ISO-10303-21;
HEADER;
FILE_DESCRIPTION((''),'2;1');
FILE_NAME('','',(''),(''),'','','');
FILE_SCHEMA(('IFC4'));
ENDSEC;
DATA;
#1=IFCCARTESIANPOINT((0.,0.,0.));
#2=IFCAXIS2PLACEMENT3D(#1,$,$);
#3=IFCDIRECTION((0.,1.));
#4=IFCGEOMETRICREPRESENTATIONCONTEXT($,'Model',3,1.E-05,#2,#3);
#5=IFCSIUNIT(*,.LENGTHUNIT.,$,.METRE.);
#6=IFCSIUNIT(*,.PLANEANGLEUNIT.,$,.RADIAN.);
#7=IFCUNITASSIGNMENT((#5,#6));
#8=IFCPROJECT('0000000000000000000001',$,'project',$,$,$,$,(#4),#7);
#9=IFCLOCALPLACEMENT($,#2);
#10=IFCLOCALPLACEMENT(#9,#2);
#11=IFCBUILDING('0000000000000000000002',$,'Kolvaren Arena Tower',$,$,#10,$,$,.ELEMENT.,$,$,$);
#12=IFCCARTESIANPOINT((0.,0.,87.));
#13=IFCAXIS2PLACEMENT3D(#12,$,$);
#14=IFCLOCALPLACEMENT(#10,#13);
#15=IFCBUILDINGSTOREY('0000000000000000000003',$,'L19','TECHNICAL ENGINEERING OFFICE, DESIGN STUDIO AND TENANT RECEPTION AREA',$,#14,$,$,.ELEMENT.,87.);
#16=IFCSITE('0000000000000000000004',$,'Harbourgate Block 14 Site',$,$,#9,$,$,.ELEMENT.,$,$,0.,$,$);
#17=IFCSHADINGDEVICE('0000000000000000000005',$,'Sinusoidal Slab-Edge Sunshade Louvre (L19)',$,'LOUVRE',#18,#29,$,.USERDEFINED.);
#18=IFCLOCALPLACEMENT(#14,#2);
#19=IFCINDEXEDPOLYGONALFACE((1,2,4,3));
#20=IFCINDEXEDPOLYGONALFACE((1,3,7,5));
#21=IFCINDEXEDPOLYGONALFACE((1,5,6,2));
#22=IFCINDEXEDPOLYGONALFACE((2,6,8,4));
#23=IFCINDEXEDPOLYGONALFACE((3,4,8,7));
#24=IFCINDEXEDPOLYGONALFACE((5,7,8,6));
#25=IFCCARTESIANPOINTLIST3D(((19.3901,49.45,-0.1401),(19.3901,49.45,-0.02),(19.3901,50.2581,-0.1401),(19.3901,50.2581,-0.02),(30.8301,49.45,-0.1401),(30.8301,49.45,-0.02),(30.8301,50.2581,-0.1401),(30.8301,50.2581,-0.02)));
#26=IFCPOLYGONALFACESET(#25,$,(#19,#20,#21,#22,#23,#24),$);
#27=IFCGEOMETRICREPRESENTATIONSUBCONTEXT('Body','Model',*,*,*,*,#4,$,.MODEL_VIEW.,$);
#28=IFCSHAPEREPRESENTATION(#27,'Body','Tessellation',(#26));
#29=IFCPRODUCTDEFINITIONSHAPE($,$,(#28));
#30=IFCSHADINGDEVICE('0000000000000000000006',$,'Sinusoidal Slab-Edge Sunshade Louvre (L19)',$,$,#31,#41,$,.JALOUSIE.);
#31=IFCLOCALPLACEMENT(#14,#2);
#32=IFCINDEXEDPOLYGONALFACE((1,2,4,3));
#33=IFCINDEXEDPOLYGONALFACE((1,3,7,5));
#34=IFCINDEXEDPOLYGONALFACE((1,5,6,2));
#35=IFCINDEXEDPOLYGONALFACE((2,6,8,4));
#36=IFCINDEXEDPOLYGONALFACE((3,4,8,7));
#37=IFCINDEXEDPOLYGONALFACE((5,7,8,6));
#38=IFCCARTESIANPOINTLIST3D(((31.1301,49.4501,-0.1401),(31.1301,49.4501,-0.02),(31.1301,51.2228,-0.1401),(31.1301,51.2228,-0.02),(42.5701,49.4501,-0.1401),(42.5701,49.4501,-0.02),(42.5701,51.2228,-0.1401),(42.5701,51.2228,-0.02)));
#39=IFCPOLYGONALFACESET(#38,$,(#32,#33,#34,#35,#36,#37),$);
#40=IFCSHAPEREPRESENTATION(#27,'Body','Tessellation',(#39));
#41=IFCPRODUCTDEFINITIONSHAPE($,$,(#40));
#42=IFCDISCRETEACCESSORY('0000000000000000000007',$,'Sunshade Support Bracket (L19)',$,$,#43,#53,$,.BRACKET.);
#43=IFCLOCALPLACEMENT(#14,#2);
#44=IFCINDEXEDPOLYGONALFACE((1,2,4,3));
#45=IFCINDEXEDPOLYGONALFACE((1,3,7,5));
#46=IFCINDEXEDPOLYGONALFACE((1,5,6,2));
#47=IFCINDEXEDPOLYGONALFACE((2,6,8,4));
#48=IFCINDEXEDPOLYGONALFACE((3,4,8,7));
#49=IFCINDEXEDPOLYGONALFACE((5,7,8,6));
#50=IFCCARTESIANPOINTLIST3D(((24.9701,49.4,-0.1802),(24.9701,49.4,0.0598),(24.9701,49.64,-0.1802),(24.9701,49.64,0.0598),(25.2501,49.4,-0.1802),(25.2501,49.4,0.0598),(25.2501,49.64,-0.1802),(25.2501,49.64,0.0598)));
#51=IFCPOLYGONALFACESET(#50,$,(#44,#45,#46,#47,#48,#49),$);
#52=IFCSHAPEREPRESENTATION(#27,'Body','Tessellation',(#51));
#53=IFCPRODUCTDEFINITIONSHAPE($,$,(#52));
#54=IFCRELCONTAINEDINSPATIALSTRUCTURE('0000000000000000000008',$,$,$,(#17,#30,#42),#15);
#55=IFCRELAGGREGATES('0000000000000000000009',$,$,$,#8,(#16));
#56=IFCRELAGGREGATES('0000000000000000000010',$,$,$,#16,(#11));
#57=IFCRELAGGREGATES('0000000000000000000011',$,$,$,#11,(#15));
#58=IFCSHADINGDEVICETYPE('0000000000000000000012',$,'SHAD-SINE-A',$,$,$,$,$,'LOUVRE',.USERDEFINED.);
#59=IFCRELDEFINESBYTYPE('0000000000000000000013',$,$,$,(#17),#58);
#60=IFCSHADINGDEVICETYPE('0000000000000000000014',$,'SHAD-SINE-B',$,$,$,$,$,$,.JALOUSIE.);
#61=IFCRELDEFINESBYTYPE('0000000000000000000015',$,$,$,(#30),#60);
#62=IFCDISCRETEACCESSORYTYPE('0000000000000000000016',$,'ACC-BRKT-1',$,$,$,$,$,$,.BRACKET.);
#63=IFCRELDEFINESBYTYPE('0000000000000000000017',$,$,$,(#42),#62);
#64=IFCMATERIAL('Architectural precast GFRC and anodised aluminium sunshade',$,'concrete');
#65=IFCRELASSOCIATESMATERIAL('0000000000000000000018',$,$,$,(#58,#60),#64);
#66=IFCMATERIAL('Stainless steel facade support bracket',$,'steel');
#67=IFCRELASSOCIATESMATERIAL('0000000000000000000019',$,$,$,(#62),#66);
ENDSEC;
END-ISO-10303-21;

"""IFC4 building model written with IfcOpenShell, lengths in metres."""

from ifc_helpers import new_model, si_unit, direction, frame, origin, origin_2d, place, context, subcontext, project, spatial, rectangle, extrude, material, type_object, element, save


model = new_model("IFC4")

# Units and contexts
model_context = context("Model", 3, precision=1e-05, world=origin(), true_north=direction((0.0, 1.0)))
body_context = subcontext(model_context, "Body", "Model", "MODEL_VIEW")
ifc_project = project(units=[si_unit("LENGTHUNIT", "METRE"), si_unit("PLANEANGLEUNIT", "RADIAN")], contexts=[model_context])

# Site, building, storey
site_placement = place(None, origin())
site = spatial("IfcSite", under=ifc_project, at=site_placement, Name="Harbourgate Block 14 Site", CompositionType="ELEMENT", RefElevation=0.0)
building_placement = place(site_placement, origin())
building = spatial("IfcBuilding", under=site, at=building_placement, Name="Kolvaren Arena Tower", CompositionType="ELEMENT")
storey_placement = place(building_placement, frame((0.0, 0.0, 87.0)))
storey = spatial("IfcBuildingStorey", under=building, at=storey_placement, Name="L19", Description="TECHNICAL ENGINEERING OFFICE, DESIGN STUDIO AND TENANT RECEPTION AREA", CompositionType="ELEMENT", Elevation=87.0)

# Shading devices
ifc_material_1 = material(Name="Architectural precast GFRC and anodised aluminium sunshade", Category="concrete")
shading_device_type_1 = type_object("IfcShadingDeviceType", Name="SHAD-SINE-A", ElementType="LOUVRE", PredefinedType="USERDEFINED", material=ifc_material_1)
shading_device_1_placement = place(storey_placement, frame((25.1101, 49.854, -0.1401), z_axis=(0.0, 0.0, 1.0), x_axis=(1.0, 0.0, 0.0)))
element("IfcShadingDevice", 1, at=shading_device_1_placement, inside=storey, type_object=shading_device_type_1, Name="Sinusoidal Slab-Edge Sunshade Louvre (L19)", ObjectType="LOUVRE", PredefinedType="USERDEFINED", context=body_context, shape_type="SweptSolid", body=[
    extrude(rectangle(XDim=11.4399, YDim=0.8081, at=origin_2d()), origin(), (0.0, 0.0, 1.0), 0.1201),
])
shading_device_type_2 = type_object("IfcShadingDeviceType", Name="SHAD-SINE-B", PredefinedType="JALOUSIE", material=ifc_material_1)
shading_device_2_placement = place(storey_placement, frame((36.8501, 50.3364, -0.1401), z_axis=(0.0, 0.0, 1.0), x_axis=(1.0, 0.0, 0.0)))
element("IfcShadingDevice", 2, at=shading_device_2_placement, inside=storey, type_object=shading_device_type_2, Name="Sinusoidal Slab-Edge Sunshade Louvre (L19)", PredefinedType="JALOUSIE", context=body_context, shape_type="SweptSolid", body=[
    extrude(rectangle(XDim=11.4399, YDim=1.7727, at=origin_2d()), origin(), (0.0, 0.0, 1.0), 0.1201),
])

# Discrete accessory
ifc_material_2 = material(Name="Stainless steel facade support bracket", Category="steel")
discrete_accessory_type = type_object("IfcDiscreteAccessoryType", Name="ACC-BRKT-1", PredefinedType="BRACKET", material=ifc_material_2)
discrete_accessory_placement = place(storey_placement, frame((25.1101, 49.52, -0.1802), z_axis=(0.0, 0.0, 1.0), x_axis=(1.0, 0.0, 0.0)))
element("IfcDiscreteAccessory", 3, at=discrete_accessory_placement, inside=storey, type_object=discrete_accessory_type, Name="Sunshade Support Bracket (L19)", PredefinedType="BRACKET", context=body_context, shape_type="SweptSolid", body=[
    extrude(rectangle(XDim=0.28, YDim=0.24, at=origin_2d()), origin(), (0.0, 0.0, 1.0), 0.24),
])

save(model, "model.ifc")
